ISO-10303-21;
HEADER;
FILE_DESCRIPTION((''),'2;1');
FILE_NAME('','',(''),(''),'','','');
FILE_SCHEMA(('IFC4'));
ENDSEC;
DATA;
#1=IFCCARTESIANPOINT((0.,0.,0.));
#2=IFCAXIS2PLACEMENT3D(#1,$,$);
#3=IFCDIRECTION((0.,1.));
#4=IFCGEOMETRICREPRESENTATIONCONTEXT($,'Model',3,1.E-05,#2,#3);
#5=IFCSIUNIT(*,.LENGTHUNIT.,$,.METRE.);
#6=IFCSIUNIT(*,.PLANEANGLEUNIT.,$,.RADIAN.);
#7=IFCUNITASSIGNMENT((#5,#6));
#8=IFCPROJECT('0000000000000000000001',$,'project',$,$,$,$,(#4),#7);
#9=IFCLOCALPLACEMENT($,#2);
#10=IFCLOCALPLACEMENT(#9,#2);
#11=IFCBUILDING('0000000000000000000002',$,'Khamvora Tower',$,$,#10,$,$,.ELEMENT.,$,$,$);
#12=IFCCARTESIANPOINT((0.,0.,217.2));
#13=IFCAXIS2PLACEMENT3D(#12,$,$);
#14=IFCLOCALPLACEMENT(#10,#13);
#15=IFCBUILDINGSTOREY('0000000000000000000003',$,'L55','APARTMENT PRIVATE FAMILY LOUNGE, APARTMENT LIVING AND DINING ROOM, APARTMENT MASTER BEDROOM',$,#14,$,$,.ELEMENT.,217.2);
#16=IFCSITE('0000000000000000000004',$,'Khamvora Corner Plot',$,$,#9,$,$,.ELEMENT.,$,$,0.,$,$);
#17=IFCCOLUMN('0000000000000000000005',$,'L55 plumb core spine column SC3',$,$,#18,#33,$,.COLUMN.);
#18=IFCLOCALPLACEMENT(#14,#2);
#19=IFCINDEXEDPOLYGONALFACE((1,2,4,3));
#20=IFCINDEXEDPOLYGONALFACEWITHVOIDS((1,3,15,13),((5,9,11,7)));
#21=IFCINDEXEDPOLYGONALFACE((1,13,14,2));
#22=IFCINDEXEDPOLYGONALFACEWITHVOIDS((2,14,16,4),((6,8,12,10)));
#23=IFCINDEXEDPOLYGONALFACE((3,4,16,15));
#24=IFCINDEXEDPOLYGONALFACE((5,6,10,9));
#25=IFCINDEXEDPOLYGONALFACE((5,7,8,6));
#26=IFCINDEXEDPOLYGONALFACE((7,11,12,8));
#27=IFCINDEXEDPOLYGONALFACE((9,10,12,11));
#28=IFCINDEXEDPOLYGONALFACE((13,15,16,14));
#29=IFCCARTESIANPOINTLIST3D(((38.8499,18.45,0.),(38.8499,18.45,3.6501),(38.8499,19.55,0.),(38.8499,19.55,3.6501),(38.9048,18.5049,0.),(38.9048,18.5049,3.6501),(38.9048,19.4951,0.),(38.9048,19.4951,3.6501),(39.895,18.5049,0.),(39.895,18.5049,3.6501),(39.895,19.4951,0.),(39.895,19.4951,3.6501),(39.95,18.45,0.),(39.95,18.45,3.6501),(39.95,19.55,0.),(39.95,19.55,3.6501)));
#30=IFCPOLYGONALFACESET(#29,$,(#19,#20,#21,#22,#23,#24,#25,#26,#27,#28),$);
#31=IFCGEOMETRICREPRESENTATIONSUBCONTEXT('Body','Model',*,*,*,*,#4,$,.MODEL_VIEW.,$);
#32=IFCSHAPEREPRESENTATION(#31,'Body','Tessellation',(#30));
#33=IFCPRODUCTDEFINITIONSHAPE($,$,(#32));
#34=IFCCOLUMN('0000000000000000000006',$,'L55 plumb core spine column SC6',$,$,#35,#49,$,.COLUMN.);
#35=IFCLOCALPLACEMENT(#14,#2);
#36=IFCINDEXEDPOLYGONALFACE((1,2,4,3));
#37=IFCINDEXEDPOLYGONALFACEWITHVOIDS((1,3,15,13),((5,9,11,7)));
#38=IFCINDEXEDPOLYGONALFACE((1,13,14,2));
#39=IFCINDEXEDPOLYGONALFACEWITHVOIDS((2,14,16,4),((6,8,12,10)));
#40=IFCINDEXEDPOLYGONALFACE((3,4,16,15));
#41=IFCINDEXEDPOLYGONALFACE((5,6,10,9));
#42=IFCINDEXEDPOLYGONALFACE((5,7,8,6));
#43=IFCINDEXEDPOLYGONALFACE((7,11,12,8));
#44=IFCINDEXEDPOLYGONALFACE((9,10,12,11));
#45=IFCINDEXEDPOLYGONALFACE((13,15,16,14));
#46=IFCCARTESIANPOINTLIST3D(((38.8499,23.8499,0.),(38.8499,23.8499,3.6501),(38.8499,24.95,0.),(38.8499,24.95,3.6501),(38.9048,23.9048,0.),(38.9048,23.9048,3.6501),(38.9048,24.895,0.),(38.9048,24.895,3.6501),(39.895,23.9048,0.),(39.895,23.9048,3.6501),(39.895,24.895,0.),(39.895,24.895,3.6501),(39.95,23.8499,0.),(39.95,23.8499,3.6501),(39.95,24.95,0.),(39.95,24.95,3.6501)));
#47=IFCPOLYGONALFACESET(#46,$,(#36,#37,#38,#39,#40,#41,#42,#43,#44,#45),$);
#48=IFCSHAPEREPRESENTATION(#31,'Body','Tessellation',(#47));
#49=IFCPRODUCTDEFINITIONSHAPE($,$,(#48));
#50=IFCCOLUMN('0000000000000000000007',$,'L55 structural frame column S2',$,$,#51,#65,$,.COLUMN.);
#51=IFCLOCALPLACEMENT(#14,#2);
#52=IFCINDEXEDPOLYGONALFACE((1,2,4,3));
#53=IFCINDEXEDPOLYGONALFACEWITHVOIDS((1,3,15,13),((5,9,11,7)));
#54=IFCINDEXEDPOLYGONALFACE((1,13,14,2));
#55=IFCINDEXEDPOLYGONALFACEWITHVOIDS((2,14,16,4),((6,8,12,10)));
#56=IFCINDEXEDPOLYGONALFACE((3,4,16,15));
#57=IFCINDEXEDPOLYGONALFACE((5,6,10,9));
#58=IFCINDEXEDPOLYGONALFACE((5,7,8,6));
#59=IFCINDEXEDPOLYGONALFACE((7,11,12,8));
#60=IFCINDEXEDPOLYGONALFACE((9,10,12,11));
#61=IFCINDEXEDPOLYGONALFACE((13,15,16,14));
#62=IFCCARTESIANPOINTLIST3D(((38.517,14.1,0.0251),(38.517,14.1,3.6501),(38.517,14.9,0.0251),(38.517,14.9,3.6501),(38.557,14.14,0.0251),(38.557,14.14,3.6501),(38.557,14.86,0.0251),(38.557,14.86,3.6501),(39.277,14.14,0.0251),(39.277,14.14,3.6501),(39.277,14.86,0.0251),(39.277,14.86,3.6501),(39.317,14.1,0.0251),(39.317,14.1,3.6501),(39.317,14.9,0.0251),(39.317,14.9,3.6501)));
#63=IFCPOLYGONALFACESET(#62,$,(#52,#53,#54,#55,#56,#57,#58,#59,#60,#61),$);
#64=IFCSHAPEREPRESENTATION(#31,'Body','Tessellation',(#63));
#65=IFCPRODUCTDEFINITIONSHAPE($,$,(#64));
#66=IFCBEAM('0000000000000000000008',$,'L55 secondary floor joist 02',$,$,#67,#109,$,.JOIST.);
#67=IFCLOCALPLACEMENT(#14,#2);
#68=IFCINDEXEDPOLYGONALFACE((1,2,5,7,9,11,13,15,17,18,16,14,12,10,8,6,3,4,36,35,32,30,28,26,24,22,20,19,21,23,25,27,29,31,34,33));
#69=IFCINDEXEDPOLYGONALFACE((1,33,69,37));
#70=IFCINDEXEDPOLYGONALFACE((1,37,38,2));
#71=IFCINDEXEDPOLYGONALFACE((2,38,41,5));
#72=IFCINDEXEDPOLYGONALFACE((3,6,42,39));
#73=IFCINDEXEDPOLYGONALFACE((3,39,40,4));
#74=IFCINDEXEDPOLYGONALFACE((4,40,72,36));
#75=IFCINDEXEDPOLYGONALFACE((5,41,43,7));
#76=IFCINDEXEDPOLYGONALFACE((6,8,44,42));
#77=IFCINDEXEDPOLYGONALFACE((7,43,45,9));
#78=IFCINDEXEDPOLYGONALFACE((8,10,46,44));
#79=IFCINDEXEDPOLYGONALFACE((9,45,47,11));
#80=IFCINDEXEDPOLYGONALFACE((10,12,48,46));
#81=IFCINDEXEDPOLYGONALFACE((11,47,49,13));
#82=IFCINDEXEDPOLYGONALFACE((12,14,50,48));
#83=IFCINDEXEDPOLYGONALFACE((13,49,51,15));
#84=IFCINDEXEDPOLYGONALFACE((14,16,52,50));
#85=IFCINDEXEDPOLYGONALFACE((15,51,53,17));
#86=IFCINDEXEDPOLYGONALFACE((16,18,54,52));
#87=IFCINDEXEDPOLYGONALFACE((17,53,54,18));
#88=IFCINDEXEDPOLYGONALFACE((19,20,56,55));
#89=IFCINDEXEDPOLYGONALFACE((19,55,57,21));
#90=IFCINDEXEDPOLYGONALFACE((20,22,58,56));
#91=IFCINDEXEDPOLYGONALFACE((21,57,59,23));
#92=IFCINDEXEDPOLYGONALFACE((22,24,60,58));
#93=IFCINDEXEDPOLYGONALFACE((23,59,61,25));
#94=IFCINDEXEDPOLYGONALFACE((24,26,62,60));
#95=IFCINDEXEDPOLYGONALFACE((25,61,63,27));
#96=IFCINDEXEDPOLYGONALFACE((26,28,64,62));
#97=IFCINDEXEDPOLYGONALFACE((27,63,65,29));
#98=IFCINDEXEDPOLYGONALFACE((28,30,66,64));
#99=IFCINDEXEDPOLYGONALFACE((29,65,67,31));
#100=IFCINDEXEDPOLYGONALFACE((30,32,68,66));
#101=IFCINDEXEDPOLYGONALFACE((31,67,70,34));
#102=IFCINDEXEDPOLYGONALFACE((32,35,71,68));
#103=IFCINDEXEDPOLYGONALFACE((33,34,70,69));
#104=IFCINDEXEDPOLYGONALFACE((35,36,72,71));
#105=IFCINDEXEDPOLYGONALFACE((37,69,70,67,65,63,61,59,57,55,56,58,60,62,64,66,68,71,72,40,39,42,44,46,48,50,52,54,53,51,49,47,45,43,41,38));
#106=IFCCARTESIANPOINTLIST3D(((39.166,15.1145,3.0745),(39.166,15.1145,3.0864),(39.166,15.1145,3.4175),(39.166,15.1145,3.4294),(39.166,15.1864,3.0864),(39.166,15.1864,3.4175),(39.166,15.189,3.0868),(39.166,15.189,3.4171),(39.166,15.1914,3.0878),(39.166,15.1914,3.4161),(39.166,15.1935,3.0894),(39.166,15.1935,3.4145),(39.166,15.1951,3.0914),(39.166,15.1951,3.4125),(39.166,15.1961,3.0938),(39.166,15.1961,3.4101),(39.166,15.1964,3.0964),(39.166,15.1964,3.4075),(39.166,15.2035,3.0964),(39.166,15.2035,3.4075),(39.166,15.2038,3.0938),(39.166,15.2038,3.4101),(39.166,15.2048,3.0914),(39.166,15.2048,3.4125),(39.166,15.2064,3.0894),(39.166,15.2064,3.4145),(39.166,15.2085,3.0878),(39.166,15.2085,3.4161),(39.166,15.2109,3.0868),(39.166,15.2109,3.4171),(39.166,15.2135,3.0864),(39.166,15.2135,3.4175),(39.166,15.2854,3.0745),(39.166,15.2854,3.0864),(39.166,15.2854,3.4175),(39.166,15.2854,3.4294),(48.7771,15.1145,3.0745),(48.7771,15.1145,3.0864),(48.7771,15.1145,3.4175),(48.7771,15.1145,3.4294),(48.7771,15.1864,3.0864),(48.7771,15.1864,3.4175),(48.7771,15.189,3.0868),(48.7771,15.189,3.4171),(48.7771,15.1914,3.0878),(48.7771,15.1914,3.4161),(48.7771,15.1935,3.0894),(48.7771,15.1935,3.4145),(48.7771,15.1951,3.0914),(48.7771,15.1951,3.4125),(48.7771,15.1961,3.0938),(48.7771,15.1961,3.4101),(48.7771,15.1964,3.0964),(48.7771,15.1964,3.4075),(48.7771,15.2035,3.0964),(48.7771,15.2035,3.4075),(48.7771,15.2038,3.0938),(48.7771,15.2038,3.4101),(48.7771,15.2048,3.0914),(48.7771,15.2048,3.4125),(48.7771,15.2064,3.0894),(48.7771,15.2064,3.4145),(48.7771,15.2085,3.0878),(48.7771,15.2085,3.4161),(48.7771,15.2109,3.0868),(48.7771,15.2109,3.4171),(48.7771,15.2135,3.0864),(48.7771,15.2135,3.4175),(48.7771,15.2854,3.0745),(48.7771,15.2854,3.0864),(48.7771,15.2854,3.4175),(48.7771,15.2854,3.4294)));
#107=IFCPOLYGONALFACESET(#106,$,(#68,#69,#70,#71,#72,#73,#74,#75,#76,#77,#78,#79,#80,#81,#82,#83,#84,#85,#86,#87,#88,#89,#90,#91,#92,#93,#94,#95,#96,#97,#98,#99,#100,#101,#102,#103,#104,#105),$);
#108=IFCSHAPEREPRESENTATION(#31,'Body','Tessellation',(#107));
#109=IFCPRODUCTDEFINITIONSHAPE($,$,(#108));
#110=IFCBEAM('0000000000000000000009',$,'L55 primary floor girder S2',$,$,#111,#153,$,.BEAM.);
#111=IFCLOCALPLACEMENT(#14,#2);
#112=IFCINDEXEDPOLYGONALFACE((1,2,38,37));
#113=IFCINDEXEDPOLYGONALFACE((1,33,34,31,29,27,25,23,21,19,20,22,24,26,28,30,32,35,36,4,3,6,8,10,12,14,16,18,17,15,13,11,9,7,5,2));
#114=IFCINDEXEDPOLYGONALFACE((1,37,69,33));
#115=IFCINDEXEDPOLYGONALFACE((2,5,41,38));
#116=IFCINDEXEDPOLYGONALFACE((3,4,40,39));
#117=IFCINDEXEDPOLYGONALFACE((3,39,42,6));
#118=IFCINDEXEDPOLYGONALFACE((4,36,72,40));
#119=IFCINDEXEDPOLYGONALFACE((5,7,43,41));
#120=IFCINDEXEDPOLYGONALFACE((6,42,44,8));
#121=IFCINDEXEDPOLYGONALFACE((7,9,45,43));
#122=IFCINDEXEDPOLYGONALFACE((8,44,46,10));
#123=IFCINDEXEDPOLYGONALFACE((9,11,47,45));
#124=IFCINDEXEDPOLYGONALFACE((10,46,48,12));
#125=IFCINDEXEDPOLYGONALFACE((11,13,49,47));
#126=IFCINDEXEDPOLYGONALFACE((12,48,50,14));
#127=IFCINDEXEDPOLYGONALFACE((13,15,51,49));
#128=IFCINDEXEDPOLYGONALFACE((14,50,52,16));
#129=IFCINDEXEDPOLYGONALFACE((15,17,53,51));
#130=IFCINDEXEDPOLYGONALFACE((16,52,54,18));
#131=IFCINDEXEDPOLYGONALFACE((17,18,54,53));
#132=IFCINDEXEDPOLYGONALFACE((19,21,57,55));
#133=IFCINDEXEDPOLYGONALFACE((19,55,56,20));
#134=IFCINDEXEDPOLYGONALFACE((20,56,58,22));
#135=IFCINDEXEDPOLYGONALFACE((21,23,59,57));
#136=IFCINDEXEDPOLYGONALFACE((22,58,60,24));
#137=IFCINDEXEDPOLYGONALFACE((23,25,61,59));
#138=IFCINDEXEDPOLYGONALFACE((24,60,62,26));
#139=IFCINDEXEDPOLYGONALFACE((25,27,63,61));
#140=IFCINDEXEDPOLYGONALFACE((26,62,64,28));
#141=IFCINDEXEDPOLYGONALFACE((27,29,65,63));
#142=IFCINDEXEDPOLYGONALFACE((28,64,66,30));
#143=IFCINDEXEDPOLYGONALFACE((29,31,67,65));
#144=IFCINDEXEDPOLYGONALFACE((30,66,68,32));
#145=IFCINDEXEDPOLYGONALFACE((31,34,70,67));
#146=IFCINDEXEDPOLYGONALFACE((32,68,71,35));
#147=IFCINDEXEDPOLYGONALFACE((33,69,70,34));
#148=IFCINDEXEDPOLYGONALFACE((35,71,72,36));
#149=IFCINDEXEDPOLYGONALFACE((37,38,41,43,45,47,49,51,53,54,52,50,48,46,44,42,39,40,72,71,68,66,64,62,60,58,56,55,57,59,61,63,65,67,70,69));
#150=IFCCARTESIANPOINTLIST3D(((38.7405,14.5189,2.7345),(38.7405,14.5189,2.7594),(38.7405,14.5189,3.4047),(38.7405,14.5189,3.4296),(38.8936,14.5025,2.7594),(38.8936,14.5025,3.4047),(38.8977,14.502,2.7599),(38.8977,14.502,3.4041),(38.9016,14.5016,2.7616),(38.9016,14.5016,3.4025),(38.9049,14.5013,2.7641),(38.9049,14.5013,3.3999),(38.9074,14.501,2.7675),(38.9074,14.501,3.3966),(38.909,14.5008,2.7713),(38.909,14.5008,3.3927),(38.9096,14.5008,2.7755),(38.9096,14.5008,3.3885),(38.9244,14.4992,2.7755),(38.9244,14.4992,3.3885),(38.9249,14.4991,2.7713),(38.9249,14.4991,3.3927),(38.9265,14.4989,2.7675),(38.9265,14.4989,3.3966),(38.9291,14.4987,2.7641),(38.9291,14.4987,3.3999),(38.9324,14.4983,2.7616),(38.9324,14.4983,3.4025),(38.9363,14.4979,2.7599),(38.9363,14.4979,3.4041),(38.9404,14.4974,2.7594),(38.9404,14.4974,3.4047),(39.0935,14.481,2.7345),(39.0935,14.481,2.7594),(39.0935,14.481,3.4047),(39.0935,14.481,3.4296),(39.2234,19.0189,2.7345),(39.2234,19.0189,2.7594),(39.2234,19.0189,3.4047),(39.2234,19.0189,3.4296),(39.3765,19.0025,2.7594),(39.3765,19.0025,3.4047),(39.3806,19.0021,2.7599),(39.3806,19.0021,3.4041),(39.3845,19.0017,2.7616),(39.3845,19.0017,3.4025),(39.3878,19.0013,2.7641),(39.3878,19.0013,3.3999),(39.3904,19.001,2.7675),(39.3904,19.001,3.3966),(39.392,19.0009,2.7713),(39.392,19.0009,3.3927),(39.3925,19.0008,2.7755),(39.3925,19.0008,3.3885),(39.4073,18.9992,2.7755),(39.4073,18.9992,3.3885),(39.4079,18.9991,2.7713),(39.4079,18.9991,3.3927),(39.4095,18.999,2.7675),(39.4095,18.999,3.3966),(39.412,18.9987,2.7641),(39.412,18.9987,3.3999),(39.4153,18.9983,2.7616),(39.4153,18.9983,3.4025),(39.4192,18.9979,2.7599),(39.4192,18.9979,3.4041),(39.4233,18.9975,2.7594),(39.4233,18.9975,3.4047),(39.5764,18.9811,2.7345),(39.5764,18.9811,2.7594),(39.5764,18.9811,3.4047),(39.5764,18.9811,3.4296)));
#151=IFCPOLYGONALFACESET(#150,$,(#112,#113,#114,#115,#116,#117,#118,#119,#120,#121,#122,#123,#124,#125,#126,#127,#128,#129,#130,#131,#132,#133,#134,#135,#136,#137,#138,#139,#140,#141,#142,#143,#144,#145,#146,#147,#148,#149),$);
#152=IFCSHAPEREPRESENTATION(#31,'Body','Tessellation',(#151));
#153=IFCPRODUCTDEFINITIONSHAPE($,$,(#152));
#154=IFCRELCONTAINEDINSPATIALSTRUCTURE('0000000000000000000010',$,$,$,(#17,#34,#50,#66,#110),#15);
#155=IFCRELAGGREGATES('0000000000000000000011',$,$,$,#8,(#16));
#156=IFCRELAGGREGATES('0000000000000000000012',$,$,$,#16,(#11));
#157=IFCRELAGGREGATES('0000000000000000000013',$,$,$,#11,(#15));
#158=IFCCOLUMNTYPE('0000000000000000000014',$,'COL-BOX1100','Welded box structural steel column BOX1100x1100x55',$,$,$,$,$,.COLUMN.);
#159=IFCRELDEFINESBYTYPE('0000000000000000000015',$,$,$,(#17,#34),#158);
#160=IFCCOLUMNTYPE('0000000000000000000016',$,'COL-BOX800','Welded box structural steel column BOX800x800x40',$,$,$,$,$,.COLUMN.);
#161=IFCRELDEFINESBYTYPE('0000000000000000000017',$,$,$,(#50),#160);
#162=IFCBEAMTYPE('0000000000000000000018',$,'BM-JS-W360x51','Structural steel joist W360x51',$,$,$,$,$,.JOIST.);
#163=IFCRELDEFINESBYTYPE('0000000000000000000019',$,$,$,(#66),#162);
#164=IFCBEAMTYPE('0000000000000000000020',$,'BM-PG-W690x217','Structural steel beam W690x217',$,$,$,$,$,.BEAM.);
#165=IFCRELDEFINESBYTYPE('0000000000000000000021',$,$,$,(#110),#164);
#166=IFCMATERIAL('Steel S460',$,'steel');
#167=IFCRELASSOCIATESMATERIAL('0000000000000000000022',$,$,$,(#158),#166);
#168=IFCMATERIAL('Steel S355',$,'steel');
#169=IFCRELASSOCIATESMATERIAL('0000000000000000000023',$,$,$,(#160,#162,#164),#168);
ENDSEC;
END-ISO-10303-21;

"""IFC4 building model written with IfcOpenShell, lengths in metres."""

from ifc_helpers import new_model, si_unit, direction, frame, origin, origin_2d, place, context, subcontext, project, spatial, hollow_rectangle, i_section, extrude, material, material_profile, profile_set, type_object, element, save


model = new_model("IFC4")

# Units and contexts
model_context = context("Model", 3, precision=1e-05, world=origin(), true_north=direction((0.0, 1.0)))
body_context = subcontext(model_context, "Body", "Model", "MODEL_VIEW")
ifc_project = project(units=[si_unit("LENGTHUNIT", "METRE"), si_unit("PLANEANGLEUNIT", "RADIAN")], contexts=[model_context])

# Site, building, storey
site_placement = place(None, origin())
site = spatial("IfcSite", under=ifc_project, at=site_placement, Name="Khamvora Corner Plot", CompositionType="ELEMENT", RefElevation=0.0)
building_placement = place(site_placement, origin())
building = spatial("IfcBuilding", under=site, at=building_placement, Name="Khamvora Tower", CompositionType="ELEMENT")
storey_placement = place(building_placement, frame((0.0, 0.0, 217.2)))
storey = spatial("IfcBuildingStorey", under=building, at=storey_placement, Name="L55", Description="APARTMENT PRIVATE FAMILY LOUNGE, APARTMENT LIVING AND DINING ROOM, APARTMENT MASTER BEDROOM", CompositionType="ELEMENT", Elevation=217.2)

# Columns
ifc_material_1 = material(Name="Steel S460", Category="steel")
ifc_material_profile_1 = material_profile(ifc_material_1, hollow_rectangle(XDim=1.1001, YDim=1.1001, WallThickness=0.0549, at=origin_2d()), Name="BOX1100x1100x55")
ifc_profile_set_1 = profile_set([ifc_material_profile_1], Name="Steel S460")
column_type_1 = type_object("IfcColumnType", Name="COL-BOX1100", Description="Welded box structural steel column BOX1100x1100x55", PredefinedType="COLUMN", material=ifc_profile_set_1)
for number, where, z_axis, x_axis, name in (
    (1, (39.3999, 19.0, 0.0), (0.0, 0.0, 1.0), (1.0, 0.0, 0.0), "L55 plumb core spine column SC3"),
    (2, (39.3999, 24.3999, 0.0), (0.0, 0.0, 1.0), (1.0, 0.0, 0.0), "L55 plumb core spine column SC6"),
):
    element("IfcColumn", number, at=place(storey_placement, frame(where, z_axis=z_axis, x_axis=x_axis)), inside=storey, type_object=column_type_1, Name=name, PredefinedType="COLUMN", context=body_context, shape_type="SweptSolid", body=[
        extrude(hollow_rectangle(XDim=1.1001, YDim=1.1001, WallThickness=0.0549, at=origin_2d()), origin(), (0.0, 0.0, 1.0), 3.6501),
    ])
ifc_material_2 = material(Name="Steel S355", Category="steel")
ifc_material_profile_2 = material_profile(ifc_material_2, hollow_rectangle(XDim=0.8, YDim=0.8, WallThickness=0.04, at=origin_2d()), Name="BOX800x800x40")
ifc_profile_set_2 = profile_set([ifc_material_profile_2], Name="Steel S355")
column_type_2 = type_object("IfcColumnType", Name="COL-BOX800", Description="Welded box structural steel column BOX800x800x40", PredefinedType="COLUMN", material=ifc_profile_set_2)
column_placement = place(storey_placement, frame((38.917, 14.5, 0.0251), z_axis=(0.0, 0.0, 1.0), x_axis=(1.0, 0.0, 0.0)))
element("IfcColumn", 3, at=column_placement, inside=storey, type_object=column_type_2, Name="L55 structural frame column S2", PredefinedType="COLUMN", context=body_context, shape_type="SweptSolid", body=[
    extrude(hollow_rectangle(XDim=0.8, YDim=0.8, WallThickness=0.04, at=origin_2d()), origin(), (0.0, 0.0, 1.0), 3.625),
])

# Beams
ifc_material_profile_3 = material_profile(ifc_material_2, i_section(OverallWidth=0.1709, OverallDepth=0.355, WebThickness=0.0071, FlangeThickness=0.012, FilletRadius=0.01, at=origin_2d()), Name="W360x51")
ifc_profile_set_3 = profile_set([ifc_material_profile_3], Name="Steel S355")
beam_type_1 = type_object("IfcBeamType", Name="BM-JS-W360x51", Description="Structural steel joist W360x51", PredefinedType="JOIST", material=ifc_profile_set_3)
beam_1_placement = place(storey_placement, frame((39.166, 15.2, 3.252), z_axis=(1.0, 0.0, 0.0), x_axis=(0.0, 1.0, 0.0)))
element("IfcBeam", 4, at=beam_1_placement, inside=storey, type_object=beam_type_1, Name="L55 secondary floor joist 02", PredefinedType="JOIST", context=body_context, shape_type="SweptSolid", body=[
    extrude(i_section(OverallWidth=0.1709, OverallDepth=0.355, WebThickness=0.0071, FlangeThickness=0.012, FilletRadius=0.01, at=origin_2d()), origin(), (0.0, 0.0, 1.0), 9.6111),
])
ifc_material_profile_4 = material_profile(ifc_material_2, i_section(OverallWidth=0.355, OverallDepth=0.6951, WebThickness=0.0149, FlangeThickness=0.0249, FilletRadius=0.0161, at=origin_2d()), Name="W690x217")
ifc_profile_set_4 = profile_set([ifc_material_profile_4], Name="Steel S355")
beam_type_2 = type_object("IfcBeamType", Name="BM-PG-W690x217", Description="Structural steel beam W690x217", PredefinedType="BEAM", material=ifc_profile_set_4)
beam_2_placement = place(storey_placement, frame((39.3999, 19.0, 3.082), z_axis=(-0.106701, -0.994291, 0.0), x_axis=(0.994291, -0.106701, 0.0)))
element("IfcBeam", 5, at=beam_2_placement, inside=storey, type_object=beam_type_2, Name="L55 primary floor girder S2", PredefinedType="BEAM", context=body_context, shape_type="SweptSolid", body=[
    extrude(i_section(OverallWidth=0.355, OverallDepth=0.6951, WebThickness=0.0149, FlangeThickness=0.0249, FilletRadius=0.0161, at=origin_2d()), origin(), (0.0, 0.0, 1.0), 4.5259),
])

save(model, "model.ifc")
